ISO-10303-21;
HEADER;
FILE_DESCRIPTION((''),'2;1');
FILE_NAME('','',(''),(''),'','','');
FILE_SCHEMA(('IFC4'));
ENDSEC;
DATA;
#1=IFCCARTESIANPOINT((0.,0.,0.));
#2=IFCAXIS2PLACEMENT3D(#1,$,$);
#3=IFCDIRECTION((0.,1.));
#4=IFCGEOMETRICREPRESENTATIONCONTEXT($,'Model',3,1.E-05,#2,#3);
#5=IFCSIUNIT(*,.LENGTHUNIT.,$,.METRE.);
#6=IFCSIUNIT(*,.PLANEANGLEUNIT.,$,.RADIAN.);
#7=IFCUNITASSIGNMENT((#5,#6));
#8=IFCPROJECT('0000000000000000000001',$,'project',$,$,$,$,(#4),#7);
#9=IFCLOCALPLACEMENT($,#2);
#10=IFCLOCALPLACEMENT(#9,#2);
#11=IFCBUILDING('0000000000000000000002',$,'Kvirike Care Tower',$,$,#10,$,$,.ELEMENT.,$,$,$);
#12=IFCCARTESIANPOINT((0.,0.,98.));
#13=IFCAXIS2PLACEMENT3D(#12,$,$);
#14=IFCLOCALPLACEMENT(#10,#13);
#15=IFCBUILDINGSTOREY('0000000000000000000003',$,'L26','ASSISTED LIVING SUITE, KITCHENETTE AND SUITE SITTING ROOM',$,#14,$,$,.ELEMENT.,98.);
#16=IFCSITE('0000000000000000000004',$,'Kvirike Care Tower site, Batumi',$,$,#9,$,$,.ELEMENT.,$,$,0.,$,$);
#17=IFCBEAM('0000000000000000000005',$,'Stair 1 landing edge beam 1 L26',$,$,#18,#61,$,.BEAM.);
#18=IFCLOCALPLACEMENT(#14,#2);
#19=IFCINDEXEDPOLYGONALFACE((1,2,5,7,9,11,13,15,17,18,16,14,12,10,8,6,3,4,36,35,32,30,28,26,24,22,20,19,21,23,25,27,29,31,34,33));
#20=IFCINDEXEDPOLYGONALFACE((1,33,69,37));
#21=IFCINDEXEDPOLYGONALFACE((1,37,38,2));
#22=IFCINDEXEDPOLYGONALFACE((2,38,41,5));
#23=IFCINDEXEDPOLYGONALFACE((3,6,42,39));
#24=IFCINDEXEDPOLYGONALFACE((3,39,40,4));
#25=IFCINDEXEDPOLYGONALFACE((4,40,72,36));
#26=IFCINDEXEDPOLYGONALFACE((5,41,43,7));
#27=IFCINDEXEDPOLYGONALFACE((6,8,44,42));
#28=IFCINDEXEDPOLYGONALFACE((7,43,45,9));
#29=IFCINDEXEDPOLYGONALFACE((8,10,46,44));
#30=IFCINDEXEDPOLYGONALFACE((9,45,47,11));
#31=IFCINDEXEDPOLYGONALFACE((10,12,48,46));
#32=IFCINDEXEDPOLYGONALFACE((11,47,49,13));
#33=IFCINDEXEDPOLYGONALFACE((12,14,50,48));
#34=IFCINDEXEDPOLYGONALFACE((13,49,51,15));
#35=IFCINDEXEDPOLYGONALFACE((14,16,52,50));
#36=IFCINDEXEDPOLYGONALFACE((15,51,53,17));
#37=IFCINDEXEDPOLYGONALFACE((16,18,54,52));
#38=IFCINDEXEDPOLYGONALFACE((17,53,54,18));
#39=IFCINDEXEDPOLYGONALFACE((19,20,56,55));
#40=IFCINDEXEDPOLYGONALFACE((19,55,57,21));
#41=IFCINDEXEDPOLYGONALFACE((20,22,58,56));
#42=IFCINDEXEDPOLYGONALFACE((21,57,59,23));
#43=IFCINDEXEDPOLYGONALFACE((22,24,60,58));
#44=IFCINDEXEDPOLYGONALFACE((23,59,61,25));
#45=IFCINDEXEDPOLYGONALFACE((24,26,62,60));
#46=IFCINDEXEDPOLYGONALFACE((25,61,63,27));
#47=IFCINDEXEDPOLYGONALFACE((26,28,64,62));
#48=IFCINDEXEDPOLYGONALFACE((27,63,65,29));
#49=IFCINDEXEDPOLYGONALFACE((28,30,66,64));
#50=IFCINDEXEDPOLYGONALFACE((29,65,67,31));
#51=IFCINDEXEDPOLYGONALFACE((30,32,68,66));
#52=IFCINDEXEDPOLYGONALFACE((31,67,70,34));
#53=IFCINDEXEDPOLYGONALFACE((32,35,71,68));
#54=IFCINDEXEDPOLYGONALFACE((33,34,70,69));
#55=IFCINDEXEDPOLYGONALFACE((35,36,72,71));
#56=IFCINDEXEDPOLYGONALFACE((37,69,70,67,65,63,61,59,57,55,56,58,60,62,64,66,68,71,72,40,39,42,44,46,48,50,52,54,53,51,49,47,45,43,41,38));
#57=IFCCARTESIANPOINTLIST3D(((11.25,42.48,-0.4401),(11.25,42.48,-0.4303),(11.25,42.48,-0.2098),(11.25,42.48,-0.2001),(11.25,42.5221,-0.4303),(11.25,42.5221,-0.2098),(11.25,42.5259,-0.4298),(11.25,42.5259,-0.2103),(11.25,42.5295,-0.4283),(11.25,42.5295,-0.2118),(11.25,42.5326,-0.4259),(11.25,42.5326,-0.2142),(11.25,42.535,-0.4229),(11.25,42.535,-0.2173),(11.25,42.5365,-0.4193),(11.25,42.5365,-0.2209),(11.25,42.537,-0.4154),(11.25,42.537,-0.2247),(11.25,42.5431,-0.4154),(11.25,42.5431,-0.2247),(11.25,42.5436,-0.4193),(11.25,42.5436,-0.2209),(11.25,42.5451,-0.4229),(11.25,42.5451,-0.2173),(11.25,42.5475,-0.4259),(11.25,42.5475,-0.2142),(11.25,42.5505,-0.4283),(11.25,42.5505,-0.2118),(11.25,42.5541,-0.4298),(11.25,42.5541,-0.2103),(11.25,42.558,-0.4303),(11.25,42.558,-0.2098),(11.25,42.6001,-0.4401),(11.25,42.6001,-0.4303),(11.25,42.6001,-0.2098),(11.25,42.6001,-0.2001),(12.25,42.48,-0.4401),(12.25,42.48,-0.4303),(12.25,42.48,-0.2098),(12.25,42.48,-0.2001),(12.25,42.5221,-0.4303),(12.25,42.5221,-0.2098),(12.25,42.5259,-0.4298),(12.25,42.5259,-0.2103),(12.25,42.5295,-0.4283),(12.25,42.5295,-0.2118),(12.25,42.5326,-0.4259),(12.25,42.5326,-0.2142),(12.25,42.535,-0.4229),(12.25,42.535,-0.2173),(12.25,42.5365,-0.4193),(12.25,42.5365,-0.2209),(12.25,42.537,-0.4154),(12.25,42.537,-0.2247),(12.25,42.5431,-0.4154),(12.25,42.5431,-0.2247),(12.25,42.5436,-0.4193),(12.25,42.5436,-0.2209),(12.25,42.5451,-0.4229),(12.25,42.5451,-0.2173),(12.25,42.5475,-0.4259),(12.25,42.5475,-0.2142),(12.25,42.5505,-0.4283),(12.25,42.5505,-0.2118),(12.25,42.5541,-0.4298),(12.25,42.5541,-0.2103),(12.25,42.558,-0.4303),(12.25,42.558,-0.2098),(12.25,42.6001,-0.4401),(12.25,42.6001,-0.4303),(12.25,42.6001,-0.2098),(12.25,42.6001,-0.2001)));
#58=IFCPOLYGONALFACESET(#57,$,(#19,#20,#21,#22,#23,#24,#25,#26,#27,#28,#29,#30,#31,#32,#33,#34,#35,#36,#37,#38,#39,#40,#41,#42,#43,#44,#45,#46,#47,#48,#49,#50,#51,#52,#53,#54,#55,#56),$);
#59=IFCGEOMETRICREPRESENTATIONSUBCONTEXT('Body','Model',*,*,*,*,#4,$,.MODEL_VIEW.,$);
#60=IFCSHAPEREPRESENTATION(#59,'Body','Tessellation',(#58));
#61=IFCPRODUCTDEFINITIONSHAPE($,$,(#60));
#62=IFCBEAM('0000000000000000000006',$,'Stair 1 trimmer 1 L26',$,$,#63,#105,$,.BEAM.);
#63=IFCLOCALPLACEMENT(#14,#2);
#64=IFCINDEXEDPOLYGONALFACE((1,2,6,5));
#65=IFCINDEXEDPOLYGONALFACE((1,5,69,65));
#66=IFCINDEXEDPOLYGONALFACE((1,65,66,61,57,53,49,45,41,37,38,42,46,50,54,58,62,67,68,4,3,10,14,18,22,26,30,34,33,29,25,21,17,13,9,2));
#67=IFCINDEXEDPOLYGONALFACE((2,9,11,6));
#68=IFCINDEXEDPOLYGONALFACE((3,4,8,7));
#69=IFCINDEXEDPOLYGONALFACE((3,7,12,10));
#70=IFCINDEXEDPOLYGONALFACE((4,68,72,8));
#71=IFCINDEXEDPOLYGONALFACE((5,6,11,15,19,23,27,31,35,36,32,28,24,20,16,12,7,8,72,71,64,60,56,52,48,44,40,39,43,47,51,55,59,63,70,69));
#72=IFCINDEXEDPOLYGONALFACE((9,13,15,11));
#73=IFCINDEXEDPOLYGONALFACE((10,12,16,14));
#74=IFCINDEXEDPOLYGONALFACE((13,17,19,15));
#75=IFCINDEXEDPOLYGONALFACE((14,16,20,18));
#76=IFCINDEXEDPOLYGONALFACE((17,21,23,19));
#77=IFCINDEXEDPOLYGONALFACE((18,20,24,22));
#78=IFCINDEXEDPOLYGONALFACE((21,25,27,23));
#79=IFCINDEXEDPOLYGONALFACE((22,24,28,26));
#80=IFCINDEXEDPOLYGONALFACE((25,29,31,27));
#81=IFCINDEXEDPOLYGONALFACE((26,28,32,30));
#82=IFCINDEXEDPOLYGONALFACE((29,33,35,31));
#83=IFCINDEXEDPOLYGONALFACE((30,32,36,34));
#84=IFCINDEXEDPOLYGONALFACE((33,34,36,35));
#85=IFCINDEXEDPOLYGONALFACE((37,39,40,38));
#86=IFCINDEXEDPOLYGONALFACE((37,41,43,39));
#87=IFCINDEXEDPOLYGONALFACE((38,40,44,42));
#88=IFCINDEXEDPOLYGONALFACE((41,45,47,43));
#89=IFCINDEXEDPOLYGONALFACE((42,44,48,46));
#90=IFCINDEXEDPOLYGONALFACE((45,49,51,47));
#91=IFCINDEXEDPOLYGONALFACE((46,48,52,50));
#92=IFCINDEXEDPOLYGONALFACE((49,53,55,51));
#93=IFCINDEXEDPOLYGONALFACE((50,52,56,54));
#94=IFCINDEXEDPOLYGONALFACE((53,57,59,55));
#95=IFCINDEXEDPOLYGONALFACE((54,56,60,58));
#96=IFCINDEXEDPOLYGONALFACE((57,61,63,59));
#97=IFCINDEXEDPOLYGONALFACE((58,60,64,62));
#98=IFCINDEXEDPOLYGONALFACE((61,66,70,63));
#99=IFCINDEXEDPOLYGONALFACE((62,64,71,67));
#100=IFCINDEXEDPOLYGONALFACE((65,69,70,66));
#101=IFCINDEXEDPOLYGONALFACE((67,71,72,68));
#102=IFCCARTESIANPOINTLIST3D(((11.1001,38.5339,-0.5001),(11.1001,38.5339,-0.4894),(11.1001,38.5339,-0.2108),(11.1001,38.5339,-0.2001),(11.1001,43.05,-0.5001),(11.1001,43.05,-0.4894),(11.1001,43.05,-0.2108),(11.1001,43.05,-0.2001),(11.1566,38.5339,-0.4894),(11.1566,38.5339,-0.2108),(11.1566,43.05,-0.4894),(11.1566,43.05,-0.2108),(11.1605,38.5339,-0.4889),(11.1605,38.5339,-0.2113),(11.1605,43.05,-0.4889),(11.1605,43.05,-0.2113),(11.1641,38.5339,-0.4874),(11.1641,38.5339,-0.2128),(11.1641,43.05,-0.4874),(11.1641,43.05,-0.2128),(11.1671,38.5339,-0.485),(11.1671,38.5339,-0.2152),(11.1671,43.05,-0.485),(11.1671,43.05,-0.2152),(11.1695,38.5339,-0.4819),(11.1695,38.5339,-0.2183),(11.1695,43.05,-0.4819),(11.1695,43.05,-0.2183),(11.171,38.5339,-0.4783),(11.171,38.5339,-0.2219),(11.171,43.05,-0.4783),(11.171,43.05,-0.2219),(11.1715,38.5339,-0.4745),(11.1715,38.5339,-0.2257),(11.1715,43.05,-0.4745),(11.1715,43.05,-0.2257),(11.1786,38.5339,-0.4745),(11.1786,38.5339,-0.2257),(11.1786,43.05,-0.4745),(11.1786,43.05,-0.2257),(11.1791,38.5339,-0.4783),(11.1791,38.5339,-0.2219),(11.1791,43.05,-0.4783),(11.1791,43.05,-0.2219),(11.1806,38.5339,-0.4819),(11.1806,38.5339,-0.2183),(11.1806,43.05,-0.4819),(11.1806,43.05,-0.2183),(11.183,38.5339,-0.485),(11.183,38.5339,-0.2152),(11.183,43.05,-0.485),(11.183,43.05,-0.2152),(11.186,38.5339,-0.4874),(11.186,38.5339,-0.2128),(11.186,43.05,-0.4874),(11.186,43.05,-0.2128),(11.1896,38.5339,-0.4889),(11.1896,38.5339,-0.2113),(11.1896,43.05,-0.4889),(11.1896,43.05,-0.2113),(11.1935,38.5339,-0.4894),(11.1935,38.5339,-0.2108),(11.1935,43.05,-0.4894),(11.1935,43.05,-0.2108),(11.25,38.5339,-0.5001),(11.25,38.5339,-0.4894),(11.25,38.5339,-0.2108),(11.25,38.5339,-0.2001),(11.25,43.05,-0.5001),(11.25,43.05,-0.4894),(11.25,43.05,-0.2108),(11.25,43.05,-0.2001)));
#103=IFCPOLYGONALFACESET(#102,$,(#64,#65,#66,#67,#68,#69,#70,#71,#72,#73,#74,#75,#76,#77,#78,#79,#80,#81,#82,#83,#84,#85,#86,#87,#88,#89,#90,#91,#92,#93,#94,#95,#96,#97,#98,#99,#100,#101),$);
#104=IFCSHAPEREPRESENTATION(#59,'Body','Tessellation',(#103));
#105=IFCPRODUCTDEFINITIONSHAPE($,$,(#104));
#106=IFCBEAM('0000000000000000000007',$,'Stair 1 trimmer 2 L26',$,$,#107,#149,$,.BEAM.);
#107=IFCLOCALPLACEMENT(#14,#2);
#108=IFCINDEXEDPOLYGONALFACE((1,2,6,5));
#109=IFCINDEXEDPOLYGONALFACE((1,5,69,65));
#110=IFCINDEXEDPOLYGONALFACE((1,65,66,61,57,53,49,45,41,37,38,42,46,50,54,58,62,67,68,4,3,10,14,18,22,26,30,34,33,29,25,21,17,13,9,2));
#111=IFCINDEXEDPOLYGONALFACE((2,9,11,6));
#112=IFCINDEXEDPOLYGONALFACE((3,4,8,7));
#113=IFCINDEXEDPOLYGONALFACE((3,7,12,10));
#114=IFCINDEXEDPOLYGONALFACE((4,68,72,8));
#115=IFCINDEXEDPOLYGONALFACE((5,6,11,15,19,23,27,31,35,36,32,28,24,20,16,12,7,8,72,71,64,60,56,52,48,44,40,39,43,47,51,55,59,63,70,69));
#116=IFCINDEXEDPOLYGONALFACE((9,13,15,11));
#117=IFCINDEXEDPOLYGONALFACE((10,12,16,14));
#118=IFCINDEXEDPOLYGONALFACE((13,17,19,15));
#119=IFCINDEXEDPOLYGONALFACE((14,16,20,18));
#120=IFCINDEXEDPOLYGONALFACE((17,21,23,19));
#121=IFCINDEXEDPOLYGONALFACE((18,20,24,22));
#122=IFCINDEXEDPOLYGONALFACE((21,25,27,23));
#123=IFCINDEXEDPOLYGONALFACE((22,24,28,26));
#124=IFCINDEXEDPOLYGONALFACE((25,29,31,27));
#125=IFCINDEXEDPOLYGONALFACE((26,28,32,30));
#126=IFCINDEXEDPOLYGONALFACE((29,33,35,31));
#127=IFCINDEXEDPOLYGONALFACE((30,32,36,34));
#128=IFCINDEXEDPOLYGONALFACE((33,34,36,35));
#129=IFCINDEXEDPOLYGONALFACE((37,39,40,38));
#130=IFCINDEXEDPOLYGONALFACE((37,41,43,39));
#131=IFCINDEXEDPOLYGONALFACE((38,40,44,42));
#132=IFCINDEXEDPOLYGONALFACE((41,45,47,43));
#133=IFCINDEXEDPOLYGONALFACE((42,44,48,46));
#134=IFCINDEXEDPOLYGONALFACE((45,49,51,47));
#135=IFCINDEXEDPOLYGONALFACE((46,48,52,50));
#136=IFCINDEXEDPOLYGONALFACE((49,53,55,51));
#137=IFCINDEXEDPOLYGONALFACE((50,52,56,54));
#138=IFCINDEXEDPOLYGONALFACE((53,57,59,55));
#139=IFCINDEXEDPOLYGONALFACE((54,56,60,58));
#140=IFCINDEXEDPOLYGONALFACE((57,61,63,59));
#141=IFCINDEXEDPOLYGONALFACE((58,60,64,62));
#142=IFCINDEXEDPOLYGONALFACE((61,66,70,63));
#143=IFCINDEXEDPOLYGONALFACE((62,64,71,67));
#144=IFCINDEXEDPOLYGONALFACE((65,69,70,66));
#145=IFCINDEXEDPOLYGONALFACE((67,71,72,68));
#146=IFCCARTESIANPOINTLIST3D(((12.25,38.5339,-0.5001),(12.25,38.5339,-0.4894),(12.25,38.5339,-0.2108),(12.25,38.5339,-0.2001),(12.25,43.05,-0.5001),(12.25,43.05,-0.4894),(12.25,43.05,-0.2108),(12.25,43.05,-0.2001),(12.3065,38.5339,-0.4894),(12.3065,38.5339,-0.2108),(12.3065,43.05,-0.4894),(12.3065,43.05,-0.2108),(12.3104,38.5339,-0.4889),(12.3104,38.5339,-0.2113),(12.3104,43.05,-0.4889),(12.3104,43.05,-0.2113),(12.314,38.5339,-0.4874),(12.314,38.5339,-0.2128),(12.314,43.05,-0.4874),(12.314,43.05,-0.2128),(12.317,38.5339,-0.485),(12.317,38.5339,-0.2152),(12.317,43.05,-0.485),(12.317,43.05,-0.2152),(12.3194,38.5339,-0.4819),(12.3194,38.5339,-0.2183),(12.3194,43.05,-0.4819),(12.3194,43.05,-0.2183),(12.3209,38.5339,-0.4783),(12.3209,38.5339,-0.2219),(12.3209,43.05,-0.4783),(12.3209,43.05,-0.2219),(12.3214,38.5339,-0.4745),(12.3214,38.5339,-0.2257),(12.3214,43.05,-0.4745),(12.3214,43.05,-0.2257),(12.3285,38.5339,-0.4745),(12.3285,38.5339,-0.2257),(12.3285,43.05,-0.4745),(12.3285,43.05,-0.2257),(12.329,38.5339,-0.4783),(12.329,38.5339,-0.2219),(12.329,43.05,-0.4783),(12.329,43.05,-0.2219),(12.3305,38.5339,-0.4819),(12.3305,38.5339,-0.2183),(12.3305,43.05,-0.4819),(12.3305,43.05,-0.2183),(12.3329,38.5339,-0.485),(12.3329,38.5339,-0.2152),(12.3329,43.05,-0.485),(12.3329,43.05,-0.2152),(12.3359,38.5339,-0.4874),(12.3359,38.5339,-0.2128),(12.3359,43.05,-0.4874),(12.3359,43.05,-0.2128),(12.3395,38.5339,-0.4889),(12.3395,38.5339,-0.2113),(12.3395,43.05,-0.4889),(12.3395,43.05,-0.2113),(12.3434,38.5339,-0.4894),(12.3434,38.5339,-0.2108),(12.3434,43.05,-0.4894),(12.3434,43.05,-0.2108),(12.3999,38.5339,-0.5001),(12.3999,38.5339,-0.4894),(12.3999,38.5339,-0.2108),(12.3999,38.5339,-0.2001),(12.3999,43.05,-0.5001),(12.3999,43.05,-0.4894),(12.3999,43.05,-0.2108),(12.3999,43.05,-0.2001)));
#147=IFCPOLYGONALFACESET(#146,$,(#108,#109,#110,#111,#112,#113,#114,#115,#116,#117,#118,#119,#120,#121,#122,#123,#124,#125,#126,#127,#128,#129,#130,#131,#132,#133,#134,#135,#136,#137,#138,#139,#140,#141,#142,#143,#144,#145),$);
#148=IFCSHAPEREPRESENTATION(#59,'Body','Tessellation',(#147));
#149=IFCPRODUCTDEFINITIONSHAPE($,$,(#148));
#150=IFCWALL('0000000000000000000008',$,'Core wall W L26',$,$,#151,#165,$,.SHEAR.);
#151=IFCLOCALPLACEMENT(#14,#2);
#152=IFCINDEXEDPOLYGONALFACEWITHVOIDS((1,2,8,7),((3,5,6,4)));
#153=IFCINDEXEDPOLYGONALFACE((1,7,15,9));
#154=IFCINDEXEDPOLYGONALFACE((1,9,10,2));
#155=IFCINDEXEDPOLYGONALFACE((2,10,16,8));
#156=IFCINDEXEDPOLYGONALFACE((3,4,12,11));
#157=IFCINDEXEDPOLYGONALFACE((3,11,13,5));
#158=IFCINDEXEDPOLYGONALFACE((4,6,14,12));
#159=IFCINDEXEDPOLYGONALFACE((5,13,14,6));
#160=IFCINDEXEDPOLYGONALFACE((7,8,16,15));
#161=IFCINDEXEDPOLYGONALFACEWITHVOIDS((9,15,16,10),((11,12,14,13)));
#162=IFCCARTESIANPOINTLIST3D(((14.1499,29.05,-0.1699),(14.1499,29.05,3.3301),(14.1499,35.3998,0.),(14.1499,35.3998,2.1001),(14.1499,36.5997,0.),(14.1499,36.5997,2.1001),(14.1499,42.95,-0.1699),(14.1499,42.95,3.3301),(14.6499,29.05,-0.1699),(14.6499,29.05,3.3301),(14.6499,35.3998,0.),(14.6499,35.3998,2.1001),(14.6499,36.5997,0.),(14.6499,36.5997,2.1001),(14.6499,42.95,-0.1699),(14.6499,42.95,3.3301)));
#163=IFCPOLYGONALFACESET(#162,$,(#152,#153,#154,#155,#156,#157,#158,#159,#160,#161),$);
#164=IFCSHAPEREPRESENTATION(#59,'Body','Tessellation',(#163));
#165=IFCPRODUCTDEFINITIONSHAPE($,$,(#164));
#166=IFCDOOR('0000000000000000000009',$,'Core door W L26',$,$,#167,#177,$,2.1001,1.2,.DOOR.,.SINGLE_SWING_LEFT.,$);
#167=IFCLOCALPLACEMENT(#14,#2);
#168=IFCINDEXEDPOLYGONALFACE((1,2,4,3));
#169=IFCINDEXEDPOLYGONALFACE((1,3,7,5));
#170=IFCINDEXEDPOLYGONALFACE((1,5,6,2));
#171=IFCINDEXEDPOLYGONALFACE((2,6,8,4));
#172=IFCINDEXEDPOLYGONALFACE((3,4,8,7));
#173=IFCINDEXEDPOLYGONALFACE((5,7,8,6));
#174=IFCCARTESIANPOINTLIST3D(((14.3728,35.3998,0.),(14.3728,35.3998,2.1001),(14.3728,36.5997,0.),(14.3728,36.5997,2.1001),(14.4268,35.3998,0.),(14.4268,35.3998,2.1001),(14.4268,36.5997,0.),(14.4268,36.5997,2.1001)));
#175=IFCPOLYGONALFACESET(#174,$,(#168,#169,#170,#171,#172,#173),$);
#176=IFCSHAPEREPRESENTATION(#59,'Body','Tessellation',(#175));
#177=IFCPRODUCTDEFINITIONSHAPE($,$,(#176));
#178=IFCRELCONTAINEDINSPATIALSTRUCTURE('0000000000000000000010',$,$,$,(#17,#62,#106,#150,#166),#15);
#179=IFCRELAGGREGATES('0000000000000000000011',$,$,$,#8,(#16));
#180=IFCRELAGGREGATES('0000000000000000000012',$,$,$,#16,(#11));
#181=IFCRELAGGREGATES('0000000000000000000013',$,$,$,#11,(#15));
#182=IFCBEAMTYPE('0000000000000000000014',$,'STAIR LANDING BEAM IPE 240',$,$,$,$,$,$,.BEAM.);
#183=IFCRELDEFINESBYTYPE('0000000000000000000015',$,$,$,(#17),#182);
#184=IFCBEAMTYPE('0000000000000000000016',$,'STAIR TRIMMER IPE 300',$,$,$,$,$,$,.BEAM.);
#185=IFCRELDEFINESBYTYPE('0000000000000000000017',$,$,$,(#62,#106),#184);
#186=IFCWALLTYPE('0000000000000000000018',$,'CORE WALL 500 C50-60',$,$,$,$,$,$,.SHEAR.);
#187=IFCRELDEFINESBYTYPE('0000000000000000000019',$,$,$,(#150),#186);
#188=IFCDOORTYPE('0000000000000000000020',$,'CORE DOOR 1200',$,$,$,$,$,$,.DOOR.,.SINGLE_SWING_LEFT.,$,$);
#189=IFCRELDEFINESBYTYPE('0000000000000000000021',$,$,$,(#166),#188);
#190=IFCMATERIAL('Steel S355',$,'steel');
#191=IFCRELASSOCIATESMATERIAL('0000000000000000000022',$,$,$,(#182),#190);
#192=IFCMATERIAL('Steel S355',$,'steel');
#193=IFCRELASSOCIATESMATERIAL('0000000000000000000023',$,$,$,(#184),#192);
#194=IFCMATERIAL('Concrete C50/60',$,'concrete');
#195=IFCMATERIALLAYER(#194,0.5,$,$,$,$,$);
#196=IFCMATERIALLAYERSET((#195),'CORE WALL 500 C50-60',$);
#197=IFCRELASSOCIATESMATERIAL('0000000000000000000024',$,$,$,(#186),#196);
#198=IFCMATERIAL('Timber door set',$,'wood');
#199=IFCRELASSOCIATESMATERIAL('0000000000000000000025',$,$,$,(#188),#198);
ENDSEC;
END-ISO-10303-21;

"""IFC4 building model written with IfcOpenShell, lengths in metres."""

from ifc_helpers import new_model, si_unit, direction, frame, frame_2d, origin, origin_2d, place, context, subcontext, project, spatial, rectangle, i_section, extrude, material, layer, layer_set, material_profile, profile_set, type_object, element, fill, save


model = new_model("IFC4")

# Units and contexts
model_context = context("Model", 3, precision=1e-05, world=origin(), true_north=direction((0.0, 1.0)))
body_context = subcontext(model_context, "Body", "Model", "MODEL_VIEW")
ifc_project = project(units=[si_unit("LENGTHUNIT", "METRE"), si_unit("PLANEANGLEUNIT", "RADIAN")], contexts=[model_context])

# Site, building, storey
site_placement = place(None, origin())
site = spatial("IfcSite", under=ifc_project, at=site_placement, Name="Kvirike Care Tower site, Batumi", CompositionType="ELEMENT", RefElevation=0.0)
building_placement = place(site_placement, origin())
building = spatial("IfcBuilding", under=site, at=building_placement, Name="Kvirike Care Tower", CompositionType="ELEMENT")
storey_placement = place(building_placement, frame((0.0, 0.0, 98.0)))
storey = spatial("IfcBuildingStorey", under=building, at=storey_placement, Name="L26", Description="ASSISTED LIVING SUITE, KITCHENETTE AND SUITE SITTING ROOM", CompositionType="ELEMENT", Elevation=98.0)

# Beams
ifc_material_1 = material(Name="Steel S355", Category="steel")
ifc_material_profile_1 = material_profile(ifc_material_1, i_section(OverallWidth=0.1201, OverallDepth=0.24, WebThickness=0.0061, FlangeThickness=0.0098, FilletRadius=0.0149, at=origin_2d()), Name="IPE 240")
ifc_profile_set_1 = profile_set([ifc_material_profile_1], Name="Steel S355")
beam_type_1 = type_object("IfcBeamType", Name="STAIR LANDING BEAM IPE 240", PredefinedType="BEAM", material=ifc_profile_set_1)
beam_1_placement = place(storey_placement, frame((11.25, 42.54, -0.3201), z_axis=(1.0, 0.0, 0.0), x_axis=(0.0, 1.0, 0.0)))
element("IfcBeam", 1, at=beam_1_placement, inside=storey, type_object=beam_type_1, Name="Stair 1 landing edge beam 1 L26", PredefinedType="BEAM", context=body_context, shape_type="SweptSolid", body=[
    extrude(i_section(OverallWidth=0.1201, OverallDepth=0.24, WebThickness=0.0061, FlangeThickness=0.0098, FilletRadius=0.0149, at=origin_2d()), origin(), (0.0, 0.0, 1.0), 1.0),
])
ifc_material_2 = material(Name="Steel S355", Category="steel")
ifc_material_profile_2 = material_profile(ifc_material_2, i_section(OverallWidth=0.1499, OverallDepth=0.3, WebThickness=0.0071, FlangeThickness=0.0107, FilletRadius=0.0149, at=origin_2d()), Name="IPE 300")
ifc_profile_set_2 = profile_set([ifc_material_profile_2], Name="Steel S355")
beam_type_2 = type_object("IfcBeamType", Name="STAIR TRIMMER IPE 300", PredefinedType="BEAM", material=ifc_profile_set_2)
for number, where, z_axis, x_axis, name in (
    (2, (11.175, 43.05, -0.3501), (0.0, -1.0, 0.0), (1.0, 0.0, 0.0), "Stair 1 trimmer 1 L26"),
    (3, (12.325, 43.05, -0.3501), (0.0, -1.0, 0.0), (1.0, 0.0, 0.0), "Stair 1 trimmer 2 L26"),
):
    element("IfcBeam", number, at=place(storey_placement, frame(where, z_axis=z_axis, x_axis=x_axis)), inside=storey, type_object=beam_type_2, Name=name, PredefinedType="BEAM", context=body_context, shape_type="SweptSolid", body=[
        extrude(i_section(OverallWidth=0.1499, OverallDepth=0.3, WebThickness=0.0071, FlangeThickness=0.0107, FilletRadius=0.0149, at=origin_2d()), origin(), (0.0, 0.0, 1.0), 4.5161),
    ])

# Wall, opening, door
ifc_material_3 = material(Name="Concrete C50/60", Category="concrete")
ifc_layer_1 = layer(ifc_material_3, 0.5)
ifc_layer_set_1 = layer_set([ifc_layer_1], Name="CORE WALL 500 C50-60")
wall_type_1 = type_object("IfcWallType", Name="CORE WALL 500 C50-60", PredefinedType="SHEAR", material=ifc_layer_set_1)
wall_1_placement = place(storey_placement, frame((14.3999, 42.95, -0.1699), z_axis=(0.0, 0.0, 1.0), x_axis=(0.0, -1.0, 0.0)))
wall_1 = element("IfcWall", 4, at=wall_1_placement, inside=storey, type_object=wall_type_1, Name="Core wall W L26", PredefinedType="SHEAR", context=body_context, shape_type="SweptSolid", body=[
    extrude(rectangle(XDim=13.8999, YDim=0.5, at=frame_2d((6.95, 0.0))), origin(), (0.0, 0.0, 1.0), 3.5),
])
opening_1_placement = place(wall_1_placement, frame((6.3501, 0.0, 0.1699)))
opening_1 = element("IfcOpeningElement", 5, at=opening_1_placement, cuts=wall_1, PredefinedType="OPENING", context=body_context, shape_type="SweptSolid", body=[
    extrude(rectangle(XDim=1.2, YDim=2.1001, at=frame_2d((0.6001, 1.05))), frame((0.0, 0.2605, 0.0), z_axis=(0.0, -1.0, 0.0), x_axis=(1.0, 0.0, 0.0)), (0.0, 0.0, 1.0), 0.521),
])
ifc_material_4 = material(Name="Timber door set", Category="wood")
door_type_1 = type_object("IfcDoorType", Name="CORE DOOR 1200", OperationType="SINGLE_SWING_LEFT", PredefinedType="DOOR", material=ifc_material_4)
door_1_placement = place(opening_1_placement, origin())
door_1 = element("IfcDoor", 6, at=door_1_placement, inside=storey, type_object=door_type_1, Name="Core door W L26", OperationType="SINGLE_SWING_LEFT", OverallHeight=2.1001, OverallWidth=1.2, PredefinedType="DOOR", context=body_context, shape_type="SweptSolid", body=[
    extrude(rectangle(XDim=1.2, YDim=2.1001, at=frame_2d((0.6001, 1.05))), frame((0.0, 0.0269, 0.0), z_axis=(0.0, -1.0, 0.0), x_axis=(1.0, 0.0, 0.0)), (0.0, 0.0, 1.0), 0.054),
])
fill(opening_1, door_1)

save(model, "model.ifc")
